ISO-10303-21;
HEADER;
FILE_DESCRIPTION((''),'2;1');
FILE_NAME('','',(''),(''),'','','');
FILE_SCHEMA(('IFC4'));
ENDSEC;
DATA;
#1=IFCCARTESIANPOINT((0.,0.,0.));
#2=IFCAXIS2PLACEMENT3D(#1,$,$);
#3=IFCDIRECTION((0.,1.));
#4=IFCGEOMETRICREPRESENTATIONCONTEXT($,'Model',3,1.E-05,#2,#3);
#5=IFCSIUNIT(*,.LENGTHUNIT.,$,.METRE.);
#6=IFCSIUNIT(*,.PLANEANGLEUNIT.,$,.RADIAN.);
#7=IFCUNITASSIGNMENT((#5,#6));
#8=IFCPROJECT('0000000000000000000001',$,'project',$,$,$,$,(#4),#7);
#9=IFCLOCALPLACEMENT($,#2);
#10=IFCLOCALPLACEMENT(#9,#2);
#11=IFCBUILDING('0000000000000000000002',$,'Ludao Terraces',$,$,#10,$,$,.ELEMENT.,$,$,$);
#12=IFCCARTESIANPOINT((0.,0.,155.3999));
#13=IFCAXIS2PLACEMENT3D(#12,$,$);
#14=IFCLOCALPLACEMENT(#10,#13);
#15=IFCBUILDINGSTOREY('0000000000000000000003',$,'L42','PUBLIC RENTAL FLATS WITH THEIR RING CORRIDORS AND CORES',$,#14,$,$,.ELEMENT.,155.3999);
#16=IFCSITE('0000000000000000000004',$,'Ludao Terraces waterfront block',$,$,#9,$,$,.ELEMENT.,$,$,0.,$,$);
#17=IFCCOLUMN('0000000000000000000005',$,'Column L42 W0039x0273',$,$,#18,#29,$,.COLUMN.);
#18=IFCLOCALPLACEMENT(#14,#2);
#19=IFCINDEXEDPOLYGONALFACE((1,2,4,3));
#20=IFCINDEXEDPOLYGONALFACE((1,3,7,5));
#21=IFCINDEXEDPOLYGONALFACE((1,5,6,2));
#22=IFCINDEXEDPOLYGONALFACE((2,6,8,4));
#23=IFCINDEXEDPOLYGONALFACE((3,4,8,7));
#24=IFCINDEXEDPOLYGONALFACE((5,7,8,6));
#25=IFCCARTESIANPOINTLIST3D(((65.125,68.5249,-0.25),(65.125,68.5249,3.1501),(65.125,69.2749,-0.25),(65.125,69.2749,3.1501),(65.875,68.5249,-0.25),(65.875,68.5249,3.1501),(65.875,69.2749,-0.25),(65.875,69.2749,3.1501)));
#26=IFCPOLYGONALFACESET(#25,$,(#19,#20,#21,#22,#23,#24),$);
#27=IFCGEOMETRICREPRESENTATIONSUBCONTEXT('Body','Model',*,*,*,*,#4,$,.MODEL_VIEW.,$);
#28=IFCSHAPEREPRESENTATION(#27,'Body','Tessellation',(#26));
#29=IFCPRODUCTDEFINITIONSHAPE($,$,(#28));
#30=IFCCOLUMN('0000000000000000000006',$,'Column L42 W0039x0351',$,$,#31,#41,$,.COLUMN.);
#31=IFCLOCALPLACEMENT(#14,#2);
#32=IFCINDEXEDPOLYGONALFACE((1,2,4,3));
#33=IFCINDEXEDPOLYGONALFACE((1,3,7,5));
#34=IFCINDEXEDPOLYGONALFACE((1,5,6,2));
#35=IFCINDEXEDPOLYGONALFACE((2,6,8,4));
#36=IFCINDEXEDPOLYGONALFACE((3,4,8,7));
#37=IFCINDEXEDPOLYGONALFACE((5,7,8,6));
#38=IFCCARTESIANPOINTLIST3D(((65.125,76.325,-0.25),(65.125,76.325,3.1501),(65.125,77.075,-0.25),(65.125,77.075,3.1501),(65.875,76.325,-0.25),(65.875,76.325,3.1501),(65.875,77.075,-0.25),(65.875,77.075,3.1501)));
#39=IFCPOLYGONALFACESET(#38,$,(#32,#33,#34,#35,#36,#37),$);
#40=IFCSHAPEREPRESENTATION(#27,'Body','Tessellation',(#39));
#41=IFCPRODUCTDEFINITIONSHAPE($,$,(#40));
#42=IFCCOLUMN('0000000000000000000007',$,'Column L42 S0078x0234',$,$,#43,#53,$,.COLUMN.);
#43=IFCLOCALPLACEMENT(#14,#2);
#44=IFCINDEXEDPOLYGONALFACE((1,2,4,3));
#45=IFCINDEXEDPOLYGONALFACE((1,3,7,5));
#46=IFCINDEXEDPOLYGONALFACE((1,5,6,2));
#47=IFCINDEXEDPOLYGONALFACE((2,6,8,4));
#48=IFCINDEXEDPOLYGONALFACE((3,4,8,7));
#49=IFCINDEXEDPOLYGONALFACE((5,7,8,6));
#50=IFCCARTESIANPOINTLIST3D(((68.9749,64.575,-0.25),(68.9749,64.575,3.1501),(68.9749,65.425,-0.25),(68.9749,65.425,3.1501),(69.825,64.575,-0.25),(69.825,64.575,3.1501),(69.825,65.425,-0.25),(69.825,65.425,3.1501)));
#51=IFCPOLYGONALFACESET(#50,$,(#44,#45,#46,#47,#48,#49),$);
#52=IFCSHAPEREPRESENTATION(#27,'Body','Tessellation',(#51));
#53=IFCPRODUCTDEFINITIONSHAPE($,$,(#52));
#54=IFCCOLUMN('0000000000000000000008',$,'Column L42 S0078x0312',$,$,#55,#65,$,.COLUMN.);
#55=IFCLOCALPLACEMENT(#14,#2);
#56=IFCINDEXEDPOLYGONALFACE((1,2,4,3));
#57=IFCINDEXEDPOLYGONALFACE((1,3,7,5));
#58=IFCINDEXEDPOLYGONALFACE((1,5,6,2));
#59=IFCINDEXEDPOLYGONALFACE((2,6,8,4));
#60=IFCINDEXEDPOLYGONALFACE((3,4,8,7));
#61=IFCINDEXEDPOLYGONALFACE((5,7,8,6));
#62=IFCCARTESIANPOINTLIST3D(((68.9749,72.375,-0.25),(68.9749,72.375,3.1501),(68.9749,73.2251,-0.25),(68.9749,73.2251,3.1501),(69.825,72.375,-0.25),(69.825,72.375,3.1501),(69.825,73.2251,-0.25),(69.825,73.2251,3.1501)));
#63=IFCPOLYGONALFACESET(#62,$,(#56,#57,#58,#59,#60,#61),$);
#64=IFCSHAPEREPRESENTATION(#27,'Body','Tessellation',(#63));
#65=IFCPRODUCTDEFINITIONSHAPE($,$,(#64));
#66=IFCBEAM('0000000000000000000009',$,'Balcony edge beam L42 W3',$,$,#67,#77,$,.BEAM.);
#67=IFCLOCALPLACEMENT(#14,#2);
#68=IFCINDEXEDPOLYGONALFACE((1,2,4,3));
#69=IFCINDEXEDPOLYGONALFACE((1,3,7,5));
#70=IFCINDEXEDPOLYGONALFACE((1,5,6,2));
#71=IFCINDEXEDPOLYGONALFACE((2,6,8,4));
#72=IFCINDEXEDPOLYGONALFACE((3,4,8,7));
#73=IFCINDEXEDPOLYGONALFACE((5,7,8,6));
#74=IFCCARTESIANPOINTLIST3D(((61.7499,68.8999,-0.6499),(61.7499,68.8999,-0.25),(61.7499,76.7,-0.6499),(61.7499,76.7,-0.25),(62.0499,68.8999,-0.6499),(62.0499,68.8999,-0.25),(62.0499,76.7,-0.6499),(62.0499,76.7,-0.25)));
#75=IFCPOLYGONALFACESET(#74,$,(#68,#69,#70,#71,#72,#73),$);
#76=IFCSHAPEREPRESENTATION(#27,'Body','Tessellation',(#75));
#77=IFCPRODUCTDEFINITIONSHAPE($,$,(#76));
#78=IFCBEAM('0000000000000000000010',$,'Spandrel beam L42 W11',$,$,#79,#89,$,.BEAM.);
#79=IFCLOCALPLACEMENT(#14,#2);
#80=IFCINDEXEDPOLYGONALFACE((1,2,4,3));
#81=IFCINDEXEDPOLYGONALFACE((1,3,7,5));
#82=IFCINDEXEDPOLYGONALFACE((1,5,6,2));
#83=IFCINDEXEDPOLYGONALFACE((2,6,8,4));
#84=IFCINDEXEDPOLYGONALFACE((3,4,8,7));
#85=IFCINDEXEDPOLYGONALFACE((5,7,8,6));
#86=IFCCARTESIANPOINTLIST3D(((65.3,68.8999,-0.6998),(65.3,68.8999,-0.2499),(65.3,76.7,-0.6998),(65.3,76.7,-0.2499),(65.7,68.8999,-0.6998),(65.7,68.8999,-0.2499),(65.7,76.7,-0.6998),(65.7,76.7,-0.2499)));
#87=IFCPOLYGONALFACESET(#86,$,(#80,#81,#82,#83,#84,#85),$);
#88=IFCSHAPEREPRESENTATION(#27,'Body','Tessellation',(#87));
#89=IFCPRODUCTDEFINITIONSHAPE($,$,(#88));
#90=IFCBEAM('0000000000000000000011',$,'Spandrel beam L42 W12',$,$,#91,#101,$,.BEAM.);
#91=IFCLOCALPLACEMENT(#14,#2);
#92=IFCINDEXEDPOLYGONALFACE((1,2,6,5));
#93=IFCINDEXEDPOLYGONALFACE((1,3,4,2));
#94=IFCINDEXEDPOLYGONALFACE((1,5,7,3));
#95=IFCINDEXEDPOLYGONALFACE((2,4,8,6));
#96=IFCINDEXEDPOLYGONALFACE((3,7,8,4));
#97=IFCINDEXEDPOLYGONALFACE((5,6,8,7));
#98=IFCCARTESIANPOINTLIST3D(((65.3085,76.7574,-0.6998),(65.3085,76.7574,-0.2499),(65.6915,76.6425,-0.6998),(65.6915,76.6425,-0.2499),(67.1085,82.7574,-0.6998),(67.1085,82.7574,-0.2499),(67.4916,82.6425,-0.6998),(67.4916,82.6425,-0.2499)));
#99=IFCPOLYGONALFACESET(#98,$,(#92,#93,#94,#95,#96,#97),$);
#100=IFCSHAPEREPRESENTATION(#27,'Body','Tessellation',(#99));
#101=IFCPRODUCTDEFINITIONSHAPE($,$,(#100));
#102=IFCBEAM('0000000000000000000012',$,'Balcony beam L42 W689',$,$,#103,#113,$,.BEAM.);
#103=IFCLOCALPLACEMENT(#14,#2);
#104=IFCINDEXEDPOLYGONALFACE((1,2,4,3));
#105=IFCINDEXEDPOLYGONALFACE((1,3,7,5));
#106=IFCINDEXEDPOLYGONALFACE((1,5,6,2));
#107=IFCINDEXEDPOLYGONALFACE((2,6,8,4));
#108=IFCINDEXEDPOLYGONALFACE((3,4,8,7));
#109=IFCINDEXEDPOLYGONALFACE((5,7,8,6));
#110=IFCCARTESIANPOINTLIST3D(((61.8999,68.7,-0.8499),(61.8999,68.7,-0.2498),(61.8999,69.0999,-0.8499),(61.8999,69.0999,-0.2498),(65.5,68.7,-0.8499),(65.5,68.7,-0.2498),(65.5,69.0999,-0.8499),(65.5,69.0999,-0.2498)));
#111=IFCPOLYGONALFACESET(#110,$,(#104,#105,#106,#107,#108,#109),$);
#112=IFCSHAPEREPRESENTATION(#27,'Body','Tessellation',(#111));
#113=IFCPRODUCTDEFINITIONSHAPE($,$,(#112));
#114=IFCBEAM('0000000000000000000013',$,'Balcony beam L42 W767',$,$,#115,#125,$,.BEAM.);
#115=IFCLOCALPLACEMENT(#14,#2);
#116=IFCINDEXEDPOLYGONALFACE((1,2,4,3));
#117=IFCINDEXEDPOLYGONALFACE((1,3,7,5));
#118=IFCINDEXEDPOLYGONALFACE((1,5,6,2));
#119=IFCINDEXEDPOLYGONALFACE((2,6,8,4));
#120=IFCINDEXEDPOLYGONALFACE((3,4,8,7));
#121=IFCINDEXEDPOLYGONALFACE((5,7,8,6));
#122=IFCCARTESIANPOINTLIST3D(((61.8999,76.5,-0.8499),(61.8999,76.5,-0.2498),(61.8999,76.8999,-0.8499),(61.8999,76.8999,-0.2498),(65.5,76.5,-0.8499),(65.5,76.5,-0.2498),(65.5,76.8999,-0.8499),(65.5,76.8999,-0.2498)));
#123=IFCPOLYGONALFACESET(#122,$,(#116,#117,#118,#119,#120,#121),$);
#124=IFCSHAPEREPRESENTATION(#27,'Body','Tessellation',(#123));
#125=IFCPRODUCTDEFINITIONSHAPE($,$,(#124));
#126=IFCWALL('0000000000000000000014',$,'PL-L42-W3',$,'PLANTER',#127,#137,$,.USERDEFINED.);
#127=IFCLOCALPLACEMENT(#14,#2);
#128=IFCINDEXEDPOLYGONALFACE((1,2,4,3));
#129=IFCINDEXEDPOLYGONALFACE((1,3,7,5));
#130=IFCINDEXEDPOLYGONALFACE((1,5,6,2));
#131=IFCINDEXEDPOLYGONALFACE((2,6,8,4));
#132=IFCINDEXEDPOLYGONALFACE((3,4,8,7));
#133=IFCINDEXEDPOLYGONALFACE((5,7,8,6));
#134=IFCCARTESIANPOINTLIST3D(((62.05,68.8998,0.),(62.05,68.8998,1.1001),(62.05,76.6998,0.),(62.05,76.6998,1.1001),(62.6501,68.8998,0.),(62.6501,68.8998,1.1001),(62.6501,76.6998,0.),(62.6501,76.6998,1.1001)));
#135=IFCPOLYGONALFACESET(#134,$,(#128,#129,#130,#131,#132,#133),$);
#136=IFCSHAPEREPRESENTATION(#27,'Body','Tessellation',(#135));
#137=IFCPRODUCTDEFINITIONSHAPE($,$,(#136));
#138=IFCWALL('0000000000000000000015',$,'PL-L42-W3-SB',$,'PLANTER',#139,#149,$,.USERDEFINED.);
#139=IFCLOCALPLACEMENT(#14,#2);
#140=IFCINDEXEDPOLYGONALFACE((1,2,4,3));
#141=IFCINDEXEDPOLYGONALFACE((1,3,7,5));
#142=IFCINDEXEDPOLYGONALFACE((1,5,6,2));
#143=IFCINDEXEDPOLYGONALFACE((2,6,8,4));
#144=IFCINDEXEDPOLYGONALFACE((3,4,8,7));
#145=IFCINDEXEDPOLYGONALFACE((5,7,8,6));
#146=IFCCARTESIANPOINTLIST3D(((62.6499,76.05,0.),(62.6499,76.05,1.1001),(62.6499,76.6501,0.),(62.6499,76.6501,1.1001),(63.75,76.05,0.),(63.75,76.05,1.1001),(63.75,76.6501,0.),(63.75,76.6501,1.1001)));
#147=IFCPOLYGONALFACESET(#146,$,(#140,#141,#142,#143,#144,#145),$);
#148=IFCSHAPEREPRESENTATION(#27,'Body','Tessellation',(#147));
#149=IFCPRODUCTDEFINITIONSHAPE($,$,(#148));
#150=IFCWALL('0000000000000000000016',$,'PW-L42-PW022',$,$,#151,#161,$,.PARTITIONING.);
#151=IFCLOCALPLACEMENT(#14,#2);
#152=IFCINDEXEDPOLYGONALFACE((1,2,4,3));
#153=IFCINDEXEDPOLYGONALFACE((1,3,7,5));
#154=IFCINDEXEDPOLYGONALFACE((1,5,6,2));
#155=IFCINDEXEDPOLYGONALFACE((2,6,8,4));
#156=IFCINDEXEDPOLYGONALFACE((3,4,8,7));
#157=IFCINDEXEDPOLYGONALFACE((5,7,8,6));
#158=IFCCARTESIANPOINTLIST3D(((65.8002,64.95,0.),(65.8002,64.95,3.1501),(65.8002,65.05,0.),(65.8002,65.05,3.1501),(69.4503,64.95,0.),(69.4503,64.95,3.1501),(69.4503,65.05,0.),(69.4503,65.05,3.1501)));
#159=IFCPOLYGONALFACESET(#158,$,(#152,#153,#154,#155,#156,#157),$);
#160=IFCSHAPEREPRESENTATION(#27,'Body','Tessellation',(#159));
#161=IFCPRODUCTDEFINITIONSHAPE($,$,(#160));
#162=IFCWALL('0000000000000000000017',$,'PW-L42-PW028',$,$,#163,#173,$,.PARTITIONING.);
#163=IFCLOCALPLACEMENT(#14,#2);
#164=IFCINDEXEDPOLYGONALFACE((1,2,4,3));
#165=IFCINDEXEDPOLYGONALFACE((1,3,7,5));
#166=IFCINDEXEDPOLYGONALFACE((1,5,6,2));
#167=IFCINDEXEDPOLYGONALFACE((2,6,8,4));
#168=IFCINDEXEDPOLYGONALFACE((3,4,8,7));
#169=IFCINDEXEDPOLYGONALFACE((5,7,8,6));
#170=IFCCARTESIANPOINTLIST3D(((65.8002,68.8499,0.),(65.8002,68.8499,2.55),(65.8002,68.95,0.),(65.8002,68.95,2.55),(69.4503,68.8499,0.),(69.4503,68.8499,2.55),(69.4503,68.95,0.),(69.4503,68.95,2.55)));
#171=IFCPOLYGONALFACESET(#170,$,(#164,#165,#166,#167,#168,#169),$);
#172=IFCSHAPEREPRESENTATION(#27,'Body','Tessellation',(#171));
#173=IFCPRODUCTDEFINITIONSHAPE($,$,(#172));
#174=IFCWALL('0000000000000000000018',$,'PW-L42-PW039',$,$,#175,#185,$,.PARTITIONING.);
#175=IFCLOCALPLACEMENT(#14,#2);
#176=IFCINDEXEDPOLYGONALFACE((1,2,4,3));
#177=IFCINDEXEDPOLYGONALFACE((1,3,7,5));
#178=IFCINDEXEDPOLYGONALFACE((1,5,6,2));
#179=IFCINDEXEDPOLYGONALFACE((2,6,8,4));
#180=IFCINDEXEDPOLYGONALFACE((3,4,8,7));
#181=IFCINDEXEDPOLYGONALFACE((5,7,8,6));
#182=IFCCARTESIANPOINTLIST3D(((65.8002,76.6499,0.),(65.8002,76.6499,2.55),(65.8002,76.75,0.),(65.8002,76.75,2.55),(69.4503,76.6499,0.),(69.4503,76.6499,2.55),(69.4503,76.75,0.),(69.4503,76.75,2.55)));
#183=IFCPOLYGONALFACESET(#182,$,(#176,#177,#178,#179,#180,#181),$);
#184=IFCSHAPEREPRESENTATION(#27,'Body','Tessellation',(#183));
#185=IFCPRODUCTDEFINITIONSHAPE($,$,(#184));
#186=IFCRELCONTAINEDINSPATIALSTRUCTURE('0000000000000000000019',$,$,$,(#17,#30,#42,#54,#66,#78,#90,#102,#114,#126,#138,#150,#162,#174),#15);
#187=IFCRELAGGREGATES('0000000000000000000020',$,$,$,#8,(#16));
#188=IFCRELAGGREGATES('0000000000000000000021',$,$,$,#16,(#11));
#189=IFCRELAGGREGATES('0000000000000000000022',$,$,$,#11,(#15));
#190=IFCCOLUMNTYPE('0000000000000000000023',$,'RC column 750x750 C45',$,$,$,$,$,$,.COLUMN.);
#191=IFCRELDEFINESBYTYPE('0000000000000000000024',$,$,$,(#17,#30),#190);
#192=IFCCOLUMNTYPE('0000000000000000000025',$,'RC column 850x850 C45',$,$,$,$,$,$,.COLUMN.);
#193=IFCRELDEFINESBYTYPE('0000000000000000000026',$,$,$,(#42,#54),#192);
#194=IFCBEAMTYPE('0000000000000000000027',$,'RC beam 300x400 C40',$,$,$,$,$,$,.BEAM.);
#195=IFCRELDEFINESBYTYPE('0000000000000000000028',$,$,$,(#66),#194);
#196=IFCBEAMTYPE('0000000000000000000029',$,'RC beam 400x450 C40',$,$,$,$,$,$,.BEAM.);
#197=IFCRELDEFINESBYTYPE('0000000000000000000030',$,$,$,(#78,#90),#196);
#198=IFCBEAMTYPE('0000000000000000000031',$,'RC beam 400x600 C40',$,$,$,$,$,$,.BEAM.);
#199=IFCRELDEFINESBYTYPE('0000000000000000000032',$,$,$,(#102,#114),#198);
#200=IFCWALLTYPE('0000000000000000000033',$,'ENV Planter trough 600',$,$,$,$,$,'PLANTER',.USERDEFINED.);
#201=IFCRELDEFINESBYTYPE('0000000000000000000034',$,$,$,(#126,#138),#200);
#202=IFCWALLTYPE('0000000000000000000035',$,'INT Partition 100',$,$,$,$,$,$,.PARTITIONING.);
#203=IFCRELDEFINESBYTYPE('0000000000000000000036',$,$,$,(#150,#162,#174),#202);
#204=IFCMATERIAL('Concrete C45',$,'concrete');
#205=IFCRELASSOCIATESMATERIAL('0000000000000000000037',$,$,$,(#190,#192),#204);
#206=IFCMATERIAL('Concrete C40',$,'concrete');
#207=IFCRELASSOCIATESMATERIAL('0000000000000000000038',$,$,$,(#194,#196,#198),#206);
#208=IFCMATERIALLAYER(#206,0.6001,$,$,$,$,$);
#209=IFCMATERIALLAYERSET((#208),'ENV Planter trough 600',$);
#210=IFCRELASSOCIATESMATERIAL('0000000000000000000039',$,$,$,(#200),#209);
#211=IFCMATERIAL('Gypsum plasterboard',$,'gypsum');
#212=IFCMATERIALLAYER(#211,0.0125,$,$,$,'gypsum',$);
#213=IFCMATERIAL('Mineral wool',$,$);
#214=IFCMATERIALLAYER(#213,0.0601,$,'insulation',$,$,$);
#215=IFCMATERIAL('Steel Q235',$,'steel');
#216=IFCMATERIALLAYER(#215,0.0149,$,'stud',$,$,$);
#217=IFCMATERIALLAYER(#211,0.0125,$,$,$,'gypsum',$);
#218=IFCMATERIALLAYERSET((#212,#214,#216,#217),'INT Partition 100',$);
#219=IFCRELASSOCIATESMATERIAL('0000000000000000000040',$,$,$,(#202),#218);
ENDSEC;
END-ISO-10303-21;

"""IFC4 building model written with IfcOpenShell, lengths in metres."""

from ifc_helpers import new_model, si_unit, direction, frame, frame_2d, origin, origin_2d, place, context, subcontext, project, spatial, rectangle, extrude, material, layer, layer_set, material_profile, profile_set, type_object, element, save


model = new_model("IFC4")

# Units and contexts
model_context = context("Model", 3, precision=1e-05, world=origin(), true_north=direction((0.0, 1.0)))
body_context = subcontext(model_context, "Body", "Model", "MODEL_VIEW")
ifc_project = project(units=[si_unit("LENGTHUNIT", "METRE"), si_unit("PLANEANGLEUNIT", "RADIAN")], contexts=[model_context])

# Site, building, storey
site_placement = place(None, origin())
site = spatial("IfcSite", under=ifc_project, at=site_placement, Name="Ludao Terraces waterfront block", CompositionType="ELEMENT", RefElevation=0.0)
building_placement = place(site_placement, origin())
building = spatial("IfcBuilding", under=site, at=building_placement, Name="Ludao Terraces", CompositionType="ELEMENT")
storey_placement = place(building_placement, frame((0.0, 0.0, 155.3999)))
storey = spatial("IfcBuildingStorey", under=building, at=storey_placement, Name="L42", Description="PUBLIC RENTAL FLATS WITH THEIR RING CORRIDORS AND CORES", CompositionType="ELEMENT", Elevation=155.3999)

# Columns
ifc_material_1 = material(Name="Concrete C45", Category="concrete")
ifc_material_profile_1 = material_profile(ifc_material_1, rectangle(XDim=0.75, YDim=0.75, at=origin_2d()), Name="750 X 750")
ifc_profile_set_1 = profile_set([ifc_material_profile_1], Name="Concrete C45")
column_type_1 = type_object("IfcColumnType", Name="RC column 750x750 C45", PredefinedType="COLUMN", material=ifc_profile_set_1)
for number, where, z_axis, x_axis, name in (
    (1, (65.5, 68.8999, -0.25), (0.0, 0.0, 1.0), (1.0, 0.0, 0.0), "Column L42 W0039x0273"),
    (2, (65.5, 76.7, -0.25), (0.0, 0.0, 1.0), (1.0, 0.0, 0.0), "Column L42 W0039x0351"),
):
    element("IfcColumn", number, at=place(storey_placement, frame(where, z_axis=z_axis, x_axis=x_axis)), inside=storey, type_object=column_type_1, Name=name, PredefinedType="COLUMN", context=body_context, shape_type="SweptSolid", body=[
        extrude(rectangle(XDim=0.75, YDim=0.75, at=origin_2d()), origin(), (0.0, 0.0, 1.0), 3.4001),
    ])
ifc_material_profile_2 = material_profile(ifc_material_1, rectangle(XDim=0.8501, YDim=0.8501, at=origin_2d()), Name="850 X 850")
ifc_profile_set_2 = profile_set([ifc_material_profile_2], Name="Concrete C45")
column_type_2 = type_object("IfcColumnType", Name="RC column 850x850 C45", PredefinedType="COLUMN", material=ifc_profile_set_2)
for number, where, z_axis, x_axis, name in (
    (3, (69.3999, 65.0, -0.25), (0.0, 0.0, 1.0), (1.0, 0.0, 0.0), "Column L42 S0078x0234"),
    (4, (69.3999, 72.8, -0.25), (0.0, 0.0, 1.0), (1.0, 0.0, 0.0), "Column L42 S0078x0312"),
):
    element("IfcColumn", number, at=place(storey_placement, frame(where, z_axis=z_axis, x_axis=x_axis)), inside=storey, type_object=column_type_2, Name=name, PredefinedType="COLUMN", context=body_context, shape_type="SweptSolid", body=[
        extrude(rectangle(XDim=0.8501, YDim=0.8501, at=origin_2d()), origin(), (0.0, 0.0, 1.0), 3.4001),
    ])

# Beams
ifc_material_2 = material(Name="Concrete C40", Category="concrete")
ifc_material_profile_3 = material_profile(ifc_material_2, rectangle(XDim=0.3, YDim=0.3999, at=origin_2d()), Name="300 X 400")
ifc_profile_set_3 = profile_set([ifc_material_profile_3], Name="Concrete C40")
beam_type_1 = type_object("IfcBeamType", Name="RC beam 300x400 C40", PredefinedType="BEAM", material=ifc_profile_set_3)
beam_1_placement = place(storey_placement, frame((61.8999, 68.8999, -0.45), z_axis=(0.0, 1.0, 0.0), x_axis=(-1.0, 0.0, 0.0)))
element("IfcBeam", 5, at=beam_1_placement, inside=storey, type_object=beam_type_1, Name="Balcony edge beam L42 W3", PredefinedType="BEAM", context=body_context, shape_type="SweptSolid", body=[
    extrude(rectangle(XDim=0.3, YDim=0.3999, at=origin_2d()), origin(), (0.0, 0.0, 1.0), 7.8),
])
ifc_material_profile_4 = material_profile(ifc_material_2, rectangle(XDim=0.3999, YDim=0.45, at=origin_2d()), Name="400 X 450")
ifc_profile_set_4 = profile_set([ifc_material_profile_4], Name="Concrete C40")
beam_type_2 = type_object("IfcBeamType", Name="RC beam 400x450 C40", PredefinedType="BEAM", material=ifc_profile_set_4)
beam_2_placement = place(storey_placement, frame((65.5, 68.8999, -0.4749), z_axis=(0.0, 1.0, 0.0), x_axis=(-1.0, 0.0, 0.0)))
element("IfcBeam", 6, at=beam_2_placement, inside=storey, type_object=beam_type_2, Name="Spandrel beam L42 W11", PredefinedType="BEAM", context=body_context, shape_type="SweptSolid", body=[
    extrude(rectangle(XDim=0.3999, YDim=0.45, at=origin_2d()), origin(), (0.0, 0.0, 1.0), 7.8),
])
beam_3_placement = place(storey_placement, frame((65.5, 76.7, -0.4749), z_axis=(0.287355, 0.957824, 0.0), x_axis=(-0.957824, 0.287355, 0.0)))
element("IfcBeam", 7, at=beam_3_placement, inside=storey, type_object=beam_type_2, Name="Spandrel beam L42 W12", PredefinedType="BEAM", context=body_context, shape_type="SweptSolid", body=[
    extrude(rectangle(XDim=0.3999, YDim=0.45, at=origin_2d()), origin(), (0.0, 0.0, 1.0), 6.2642),
])
ifc_material_profile_5 = material_profile(ifc_material_2, rectangle(XDim=0.3999, YDim=0.6001, at=origin_2d()), Name="400 X 600")
ifc_profile_set_5 = profile_set([ifc_material_profile_5], Name="Concrete C40")
beam_type_3 = type_object("IfcBeamType", Name="RC beam 400x600 C40", PredefinedType="BEAM", material=ifc_profile_set_5)
for number, where, z_axis, x_axis, name in (
    (8, (65.5, 68.8999, -0.5498), (-1.0, 0.0, 0.0), (0.0, -1.0, 0.0), "Balcony beam L42 W689"),
    (9, (65.5, 76.7, -0.5498), (-1.0, 0.0, 0.0), (0.0, -1.0, 0.0), "Balcony beam L42 W767"),
):
    element("IfcBeam", number, at=place(storey_placement, frame(where, z_axis=z_axis, x_axis=x_axis)), inside=storey, type_object=beam_type_3, Name=name, PredefinedType="BEAM", context=body_context, shape_type="SweptSolid", body=[
        extrude(rectangle(XDim=0.3999, YDim=0.6001, at=origin_2d()), origin(), (0.0, 0.0, 1.0), 3.6001),
    ])

# Walls
ifc_layer_1 = layer(ifc_material_2, 0.6001)
ifc_layer_set_1 = layer_set([ifc_layer_1], Name="ENV Planter trough 600")
wall_type_1 = type_object("IfcWallType", Name="ENV Planter trough 600", ElementType="PLANTER", PredefinedType="USERDEFINED", material=ifc_layer_set_1)
wall_1_placement = place(storey_placement, frame((62.3501, 68.8999, 0.0), z_axis=(0.0, 0.0, 1.0), x_axis=(0.0, 1.0, 0.0)))
element("IfcWall", 10, at=wall_1_placement, inside=storey, type_object=wall_type_1, Name="PL-L42-W3", ObjectType="PLANTER", PredefinedType="USERDEFINED", context=body_context, shape_type="SweptSolid", body=[
    extrude(rectangle(XDim=7.8, YDim=0.6001, at=frame_2d((3.8999, 0.0))), origin(), (0.0, 0.0, 1.0), 1.1001),
])
wall_2_placement = place(storey_placement, frame((62.6499, 76.3501, 0.0), z_axis=(0.0, 0.0, 1.0), x_axis=(1.0, 0.0, 0.0)))
element("IfcWall", 11, at=wall_2_placement, inside=storey, type_object=wall_type_1, Name="PL-L42-W3-SB", ObjectType="PLANTER", PredefinedType="USERDEFINED", context=body_context, shape_type="SweptSolid", body=[
    extrude(rectangle(XDim=1.1001, YDim=0.6001, at=frame_2d((0.55, 0.0))), origin(), (0.0, 0.0, 1.0), 1.1001),
])

# Shared definitions
ifc_material_3 = material(Name="Mineral wool")

# Walls
ifc_material_4 = material(Name="Gypsum plasterboard", Category="gypsum")
ifc_layer_2 = layer(ifc_material_4, 0.0125, Category="gypsum")
ifc_layer_3 = layer(ifc_material_3, 0.0601, Name="insulation")
ifc_material_5 = material(Name="Steel Q235", Category="steel")
ifc_layer_4 = layer(ifc_material_5, 0.0149, Name="stud")
ifc_layer_5 = layer(ifc_material_4, 0.0125, Category="gypsum")
ifc_layer_set_2 = layer_set([ifc_layer_2, ifc_layer_3, ifc_layer_4, ifc_layer_5], Name="INT Partition 100")
wall_type_2 = type_object("IfcWallType", Name="INT Partition 100", PredefinedType="PARTITIONING", material=ifc_layer_set_2)
wall_3_placement = place(storey_placement, frame((65.8, 65.0, 0.0), z_axis=(0.0, 0.0, 1.0), x_axis=(1.0, 0.0, 0.0)))
element("IfcWall", 12, at=wall_3_placement, inside=storey, type_object=wall_type_2, Name="PW-L42-PW022", PredefinedType="PARTITIONING", context=body_context, shape_type="SweptSolid", body=[
    extrude(rectangle(XDim=3.6501, YDim=0.1001, at=frame_2d((1.8252, 0.0))), origin(), (0.0, 0.0, 1.0), 3.1501),
])
for number, where, z_axis, x_axis, name in (
    (13, (65.8, 68.8999, 0.0), (0.0, 0.0, 1.0), (1.0, 0.0, 0.0), "PW-L42-PW028"),
    (14, (65.8, 76.7, 0.0), (0.0, 0.0, 1.0), (1.0, 0.0, 0.0), "PW-L42-PW039"),
):
    element("IfcWall", number, at=place(storey_placement, frame(where, z_axis=z_axis, x_axis=x_axis)), inside=storey, type_object=wall_type_2, Name=name, PredefinedType="PARTITIONING", context=body_context, shape_type="SweptSolid", body=[
        extrude(rectangle(XDim=3.6501, YDim=0.1001, at=frame_2d((1.8252, 0.0))), origin(), (0.0, 0.0, 1.0), 2.55),
    ])

save(model, "model.ifc")
